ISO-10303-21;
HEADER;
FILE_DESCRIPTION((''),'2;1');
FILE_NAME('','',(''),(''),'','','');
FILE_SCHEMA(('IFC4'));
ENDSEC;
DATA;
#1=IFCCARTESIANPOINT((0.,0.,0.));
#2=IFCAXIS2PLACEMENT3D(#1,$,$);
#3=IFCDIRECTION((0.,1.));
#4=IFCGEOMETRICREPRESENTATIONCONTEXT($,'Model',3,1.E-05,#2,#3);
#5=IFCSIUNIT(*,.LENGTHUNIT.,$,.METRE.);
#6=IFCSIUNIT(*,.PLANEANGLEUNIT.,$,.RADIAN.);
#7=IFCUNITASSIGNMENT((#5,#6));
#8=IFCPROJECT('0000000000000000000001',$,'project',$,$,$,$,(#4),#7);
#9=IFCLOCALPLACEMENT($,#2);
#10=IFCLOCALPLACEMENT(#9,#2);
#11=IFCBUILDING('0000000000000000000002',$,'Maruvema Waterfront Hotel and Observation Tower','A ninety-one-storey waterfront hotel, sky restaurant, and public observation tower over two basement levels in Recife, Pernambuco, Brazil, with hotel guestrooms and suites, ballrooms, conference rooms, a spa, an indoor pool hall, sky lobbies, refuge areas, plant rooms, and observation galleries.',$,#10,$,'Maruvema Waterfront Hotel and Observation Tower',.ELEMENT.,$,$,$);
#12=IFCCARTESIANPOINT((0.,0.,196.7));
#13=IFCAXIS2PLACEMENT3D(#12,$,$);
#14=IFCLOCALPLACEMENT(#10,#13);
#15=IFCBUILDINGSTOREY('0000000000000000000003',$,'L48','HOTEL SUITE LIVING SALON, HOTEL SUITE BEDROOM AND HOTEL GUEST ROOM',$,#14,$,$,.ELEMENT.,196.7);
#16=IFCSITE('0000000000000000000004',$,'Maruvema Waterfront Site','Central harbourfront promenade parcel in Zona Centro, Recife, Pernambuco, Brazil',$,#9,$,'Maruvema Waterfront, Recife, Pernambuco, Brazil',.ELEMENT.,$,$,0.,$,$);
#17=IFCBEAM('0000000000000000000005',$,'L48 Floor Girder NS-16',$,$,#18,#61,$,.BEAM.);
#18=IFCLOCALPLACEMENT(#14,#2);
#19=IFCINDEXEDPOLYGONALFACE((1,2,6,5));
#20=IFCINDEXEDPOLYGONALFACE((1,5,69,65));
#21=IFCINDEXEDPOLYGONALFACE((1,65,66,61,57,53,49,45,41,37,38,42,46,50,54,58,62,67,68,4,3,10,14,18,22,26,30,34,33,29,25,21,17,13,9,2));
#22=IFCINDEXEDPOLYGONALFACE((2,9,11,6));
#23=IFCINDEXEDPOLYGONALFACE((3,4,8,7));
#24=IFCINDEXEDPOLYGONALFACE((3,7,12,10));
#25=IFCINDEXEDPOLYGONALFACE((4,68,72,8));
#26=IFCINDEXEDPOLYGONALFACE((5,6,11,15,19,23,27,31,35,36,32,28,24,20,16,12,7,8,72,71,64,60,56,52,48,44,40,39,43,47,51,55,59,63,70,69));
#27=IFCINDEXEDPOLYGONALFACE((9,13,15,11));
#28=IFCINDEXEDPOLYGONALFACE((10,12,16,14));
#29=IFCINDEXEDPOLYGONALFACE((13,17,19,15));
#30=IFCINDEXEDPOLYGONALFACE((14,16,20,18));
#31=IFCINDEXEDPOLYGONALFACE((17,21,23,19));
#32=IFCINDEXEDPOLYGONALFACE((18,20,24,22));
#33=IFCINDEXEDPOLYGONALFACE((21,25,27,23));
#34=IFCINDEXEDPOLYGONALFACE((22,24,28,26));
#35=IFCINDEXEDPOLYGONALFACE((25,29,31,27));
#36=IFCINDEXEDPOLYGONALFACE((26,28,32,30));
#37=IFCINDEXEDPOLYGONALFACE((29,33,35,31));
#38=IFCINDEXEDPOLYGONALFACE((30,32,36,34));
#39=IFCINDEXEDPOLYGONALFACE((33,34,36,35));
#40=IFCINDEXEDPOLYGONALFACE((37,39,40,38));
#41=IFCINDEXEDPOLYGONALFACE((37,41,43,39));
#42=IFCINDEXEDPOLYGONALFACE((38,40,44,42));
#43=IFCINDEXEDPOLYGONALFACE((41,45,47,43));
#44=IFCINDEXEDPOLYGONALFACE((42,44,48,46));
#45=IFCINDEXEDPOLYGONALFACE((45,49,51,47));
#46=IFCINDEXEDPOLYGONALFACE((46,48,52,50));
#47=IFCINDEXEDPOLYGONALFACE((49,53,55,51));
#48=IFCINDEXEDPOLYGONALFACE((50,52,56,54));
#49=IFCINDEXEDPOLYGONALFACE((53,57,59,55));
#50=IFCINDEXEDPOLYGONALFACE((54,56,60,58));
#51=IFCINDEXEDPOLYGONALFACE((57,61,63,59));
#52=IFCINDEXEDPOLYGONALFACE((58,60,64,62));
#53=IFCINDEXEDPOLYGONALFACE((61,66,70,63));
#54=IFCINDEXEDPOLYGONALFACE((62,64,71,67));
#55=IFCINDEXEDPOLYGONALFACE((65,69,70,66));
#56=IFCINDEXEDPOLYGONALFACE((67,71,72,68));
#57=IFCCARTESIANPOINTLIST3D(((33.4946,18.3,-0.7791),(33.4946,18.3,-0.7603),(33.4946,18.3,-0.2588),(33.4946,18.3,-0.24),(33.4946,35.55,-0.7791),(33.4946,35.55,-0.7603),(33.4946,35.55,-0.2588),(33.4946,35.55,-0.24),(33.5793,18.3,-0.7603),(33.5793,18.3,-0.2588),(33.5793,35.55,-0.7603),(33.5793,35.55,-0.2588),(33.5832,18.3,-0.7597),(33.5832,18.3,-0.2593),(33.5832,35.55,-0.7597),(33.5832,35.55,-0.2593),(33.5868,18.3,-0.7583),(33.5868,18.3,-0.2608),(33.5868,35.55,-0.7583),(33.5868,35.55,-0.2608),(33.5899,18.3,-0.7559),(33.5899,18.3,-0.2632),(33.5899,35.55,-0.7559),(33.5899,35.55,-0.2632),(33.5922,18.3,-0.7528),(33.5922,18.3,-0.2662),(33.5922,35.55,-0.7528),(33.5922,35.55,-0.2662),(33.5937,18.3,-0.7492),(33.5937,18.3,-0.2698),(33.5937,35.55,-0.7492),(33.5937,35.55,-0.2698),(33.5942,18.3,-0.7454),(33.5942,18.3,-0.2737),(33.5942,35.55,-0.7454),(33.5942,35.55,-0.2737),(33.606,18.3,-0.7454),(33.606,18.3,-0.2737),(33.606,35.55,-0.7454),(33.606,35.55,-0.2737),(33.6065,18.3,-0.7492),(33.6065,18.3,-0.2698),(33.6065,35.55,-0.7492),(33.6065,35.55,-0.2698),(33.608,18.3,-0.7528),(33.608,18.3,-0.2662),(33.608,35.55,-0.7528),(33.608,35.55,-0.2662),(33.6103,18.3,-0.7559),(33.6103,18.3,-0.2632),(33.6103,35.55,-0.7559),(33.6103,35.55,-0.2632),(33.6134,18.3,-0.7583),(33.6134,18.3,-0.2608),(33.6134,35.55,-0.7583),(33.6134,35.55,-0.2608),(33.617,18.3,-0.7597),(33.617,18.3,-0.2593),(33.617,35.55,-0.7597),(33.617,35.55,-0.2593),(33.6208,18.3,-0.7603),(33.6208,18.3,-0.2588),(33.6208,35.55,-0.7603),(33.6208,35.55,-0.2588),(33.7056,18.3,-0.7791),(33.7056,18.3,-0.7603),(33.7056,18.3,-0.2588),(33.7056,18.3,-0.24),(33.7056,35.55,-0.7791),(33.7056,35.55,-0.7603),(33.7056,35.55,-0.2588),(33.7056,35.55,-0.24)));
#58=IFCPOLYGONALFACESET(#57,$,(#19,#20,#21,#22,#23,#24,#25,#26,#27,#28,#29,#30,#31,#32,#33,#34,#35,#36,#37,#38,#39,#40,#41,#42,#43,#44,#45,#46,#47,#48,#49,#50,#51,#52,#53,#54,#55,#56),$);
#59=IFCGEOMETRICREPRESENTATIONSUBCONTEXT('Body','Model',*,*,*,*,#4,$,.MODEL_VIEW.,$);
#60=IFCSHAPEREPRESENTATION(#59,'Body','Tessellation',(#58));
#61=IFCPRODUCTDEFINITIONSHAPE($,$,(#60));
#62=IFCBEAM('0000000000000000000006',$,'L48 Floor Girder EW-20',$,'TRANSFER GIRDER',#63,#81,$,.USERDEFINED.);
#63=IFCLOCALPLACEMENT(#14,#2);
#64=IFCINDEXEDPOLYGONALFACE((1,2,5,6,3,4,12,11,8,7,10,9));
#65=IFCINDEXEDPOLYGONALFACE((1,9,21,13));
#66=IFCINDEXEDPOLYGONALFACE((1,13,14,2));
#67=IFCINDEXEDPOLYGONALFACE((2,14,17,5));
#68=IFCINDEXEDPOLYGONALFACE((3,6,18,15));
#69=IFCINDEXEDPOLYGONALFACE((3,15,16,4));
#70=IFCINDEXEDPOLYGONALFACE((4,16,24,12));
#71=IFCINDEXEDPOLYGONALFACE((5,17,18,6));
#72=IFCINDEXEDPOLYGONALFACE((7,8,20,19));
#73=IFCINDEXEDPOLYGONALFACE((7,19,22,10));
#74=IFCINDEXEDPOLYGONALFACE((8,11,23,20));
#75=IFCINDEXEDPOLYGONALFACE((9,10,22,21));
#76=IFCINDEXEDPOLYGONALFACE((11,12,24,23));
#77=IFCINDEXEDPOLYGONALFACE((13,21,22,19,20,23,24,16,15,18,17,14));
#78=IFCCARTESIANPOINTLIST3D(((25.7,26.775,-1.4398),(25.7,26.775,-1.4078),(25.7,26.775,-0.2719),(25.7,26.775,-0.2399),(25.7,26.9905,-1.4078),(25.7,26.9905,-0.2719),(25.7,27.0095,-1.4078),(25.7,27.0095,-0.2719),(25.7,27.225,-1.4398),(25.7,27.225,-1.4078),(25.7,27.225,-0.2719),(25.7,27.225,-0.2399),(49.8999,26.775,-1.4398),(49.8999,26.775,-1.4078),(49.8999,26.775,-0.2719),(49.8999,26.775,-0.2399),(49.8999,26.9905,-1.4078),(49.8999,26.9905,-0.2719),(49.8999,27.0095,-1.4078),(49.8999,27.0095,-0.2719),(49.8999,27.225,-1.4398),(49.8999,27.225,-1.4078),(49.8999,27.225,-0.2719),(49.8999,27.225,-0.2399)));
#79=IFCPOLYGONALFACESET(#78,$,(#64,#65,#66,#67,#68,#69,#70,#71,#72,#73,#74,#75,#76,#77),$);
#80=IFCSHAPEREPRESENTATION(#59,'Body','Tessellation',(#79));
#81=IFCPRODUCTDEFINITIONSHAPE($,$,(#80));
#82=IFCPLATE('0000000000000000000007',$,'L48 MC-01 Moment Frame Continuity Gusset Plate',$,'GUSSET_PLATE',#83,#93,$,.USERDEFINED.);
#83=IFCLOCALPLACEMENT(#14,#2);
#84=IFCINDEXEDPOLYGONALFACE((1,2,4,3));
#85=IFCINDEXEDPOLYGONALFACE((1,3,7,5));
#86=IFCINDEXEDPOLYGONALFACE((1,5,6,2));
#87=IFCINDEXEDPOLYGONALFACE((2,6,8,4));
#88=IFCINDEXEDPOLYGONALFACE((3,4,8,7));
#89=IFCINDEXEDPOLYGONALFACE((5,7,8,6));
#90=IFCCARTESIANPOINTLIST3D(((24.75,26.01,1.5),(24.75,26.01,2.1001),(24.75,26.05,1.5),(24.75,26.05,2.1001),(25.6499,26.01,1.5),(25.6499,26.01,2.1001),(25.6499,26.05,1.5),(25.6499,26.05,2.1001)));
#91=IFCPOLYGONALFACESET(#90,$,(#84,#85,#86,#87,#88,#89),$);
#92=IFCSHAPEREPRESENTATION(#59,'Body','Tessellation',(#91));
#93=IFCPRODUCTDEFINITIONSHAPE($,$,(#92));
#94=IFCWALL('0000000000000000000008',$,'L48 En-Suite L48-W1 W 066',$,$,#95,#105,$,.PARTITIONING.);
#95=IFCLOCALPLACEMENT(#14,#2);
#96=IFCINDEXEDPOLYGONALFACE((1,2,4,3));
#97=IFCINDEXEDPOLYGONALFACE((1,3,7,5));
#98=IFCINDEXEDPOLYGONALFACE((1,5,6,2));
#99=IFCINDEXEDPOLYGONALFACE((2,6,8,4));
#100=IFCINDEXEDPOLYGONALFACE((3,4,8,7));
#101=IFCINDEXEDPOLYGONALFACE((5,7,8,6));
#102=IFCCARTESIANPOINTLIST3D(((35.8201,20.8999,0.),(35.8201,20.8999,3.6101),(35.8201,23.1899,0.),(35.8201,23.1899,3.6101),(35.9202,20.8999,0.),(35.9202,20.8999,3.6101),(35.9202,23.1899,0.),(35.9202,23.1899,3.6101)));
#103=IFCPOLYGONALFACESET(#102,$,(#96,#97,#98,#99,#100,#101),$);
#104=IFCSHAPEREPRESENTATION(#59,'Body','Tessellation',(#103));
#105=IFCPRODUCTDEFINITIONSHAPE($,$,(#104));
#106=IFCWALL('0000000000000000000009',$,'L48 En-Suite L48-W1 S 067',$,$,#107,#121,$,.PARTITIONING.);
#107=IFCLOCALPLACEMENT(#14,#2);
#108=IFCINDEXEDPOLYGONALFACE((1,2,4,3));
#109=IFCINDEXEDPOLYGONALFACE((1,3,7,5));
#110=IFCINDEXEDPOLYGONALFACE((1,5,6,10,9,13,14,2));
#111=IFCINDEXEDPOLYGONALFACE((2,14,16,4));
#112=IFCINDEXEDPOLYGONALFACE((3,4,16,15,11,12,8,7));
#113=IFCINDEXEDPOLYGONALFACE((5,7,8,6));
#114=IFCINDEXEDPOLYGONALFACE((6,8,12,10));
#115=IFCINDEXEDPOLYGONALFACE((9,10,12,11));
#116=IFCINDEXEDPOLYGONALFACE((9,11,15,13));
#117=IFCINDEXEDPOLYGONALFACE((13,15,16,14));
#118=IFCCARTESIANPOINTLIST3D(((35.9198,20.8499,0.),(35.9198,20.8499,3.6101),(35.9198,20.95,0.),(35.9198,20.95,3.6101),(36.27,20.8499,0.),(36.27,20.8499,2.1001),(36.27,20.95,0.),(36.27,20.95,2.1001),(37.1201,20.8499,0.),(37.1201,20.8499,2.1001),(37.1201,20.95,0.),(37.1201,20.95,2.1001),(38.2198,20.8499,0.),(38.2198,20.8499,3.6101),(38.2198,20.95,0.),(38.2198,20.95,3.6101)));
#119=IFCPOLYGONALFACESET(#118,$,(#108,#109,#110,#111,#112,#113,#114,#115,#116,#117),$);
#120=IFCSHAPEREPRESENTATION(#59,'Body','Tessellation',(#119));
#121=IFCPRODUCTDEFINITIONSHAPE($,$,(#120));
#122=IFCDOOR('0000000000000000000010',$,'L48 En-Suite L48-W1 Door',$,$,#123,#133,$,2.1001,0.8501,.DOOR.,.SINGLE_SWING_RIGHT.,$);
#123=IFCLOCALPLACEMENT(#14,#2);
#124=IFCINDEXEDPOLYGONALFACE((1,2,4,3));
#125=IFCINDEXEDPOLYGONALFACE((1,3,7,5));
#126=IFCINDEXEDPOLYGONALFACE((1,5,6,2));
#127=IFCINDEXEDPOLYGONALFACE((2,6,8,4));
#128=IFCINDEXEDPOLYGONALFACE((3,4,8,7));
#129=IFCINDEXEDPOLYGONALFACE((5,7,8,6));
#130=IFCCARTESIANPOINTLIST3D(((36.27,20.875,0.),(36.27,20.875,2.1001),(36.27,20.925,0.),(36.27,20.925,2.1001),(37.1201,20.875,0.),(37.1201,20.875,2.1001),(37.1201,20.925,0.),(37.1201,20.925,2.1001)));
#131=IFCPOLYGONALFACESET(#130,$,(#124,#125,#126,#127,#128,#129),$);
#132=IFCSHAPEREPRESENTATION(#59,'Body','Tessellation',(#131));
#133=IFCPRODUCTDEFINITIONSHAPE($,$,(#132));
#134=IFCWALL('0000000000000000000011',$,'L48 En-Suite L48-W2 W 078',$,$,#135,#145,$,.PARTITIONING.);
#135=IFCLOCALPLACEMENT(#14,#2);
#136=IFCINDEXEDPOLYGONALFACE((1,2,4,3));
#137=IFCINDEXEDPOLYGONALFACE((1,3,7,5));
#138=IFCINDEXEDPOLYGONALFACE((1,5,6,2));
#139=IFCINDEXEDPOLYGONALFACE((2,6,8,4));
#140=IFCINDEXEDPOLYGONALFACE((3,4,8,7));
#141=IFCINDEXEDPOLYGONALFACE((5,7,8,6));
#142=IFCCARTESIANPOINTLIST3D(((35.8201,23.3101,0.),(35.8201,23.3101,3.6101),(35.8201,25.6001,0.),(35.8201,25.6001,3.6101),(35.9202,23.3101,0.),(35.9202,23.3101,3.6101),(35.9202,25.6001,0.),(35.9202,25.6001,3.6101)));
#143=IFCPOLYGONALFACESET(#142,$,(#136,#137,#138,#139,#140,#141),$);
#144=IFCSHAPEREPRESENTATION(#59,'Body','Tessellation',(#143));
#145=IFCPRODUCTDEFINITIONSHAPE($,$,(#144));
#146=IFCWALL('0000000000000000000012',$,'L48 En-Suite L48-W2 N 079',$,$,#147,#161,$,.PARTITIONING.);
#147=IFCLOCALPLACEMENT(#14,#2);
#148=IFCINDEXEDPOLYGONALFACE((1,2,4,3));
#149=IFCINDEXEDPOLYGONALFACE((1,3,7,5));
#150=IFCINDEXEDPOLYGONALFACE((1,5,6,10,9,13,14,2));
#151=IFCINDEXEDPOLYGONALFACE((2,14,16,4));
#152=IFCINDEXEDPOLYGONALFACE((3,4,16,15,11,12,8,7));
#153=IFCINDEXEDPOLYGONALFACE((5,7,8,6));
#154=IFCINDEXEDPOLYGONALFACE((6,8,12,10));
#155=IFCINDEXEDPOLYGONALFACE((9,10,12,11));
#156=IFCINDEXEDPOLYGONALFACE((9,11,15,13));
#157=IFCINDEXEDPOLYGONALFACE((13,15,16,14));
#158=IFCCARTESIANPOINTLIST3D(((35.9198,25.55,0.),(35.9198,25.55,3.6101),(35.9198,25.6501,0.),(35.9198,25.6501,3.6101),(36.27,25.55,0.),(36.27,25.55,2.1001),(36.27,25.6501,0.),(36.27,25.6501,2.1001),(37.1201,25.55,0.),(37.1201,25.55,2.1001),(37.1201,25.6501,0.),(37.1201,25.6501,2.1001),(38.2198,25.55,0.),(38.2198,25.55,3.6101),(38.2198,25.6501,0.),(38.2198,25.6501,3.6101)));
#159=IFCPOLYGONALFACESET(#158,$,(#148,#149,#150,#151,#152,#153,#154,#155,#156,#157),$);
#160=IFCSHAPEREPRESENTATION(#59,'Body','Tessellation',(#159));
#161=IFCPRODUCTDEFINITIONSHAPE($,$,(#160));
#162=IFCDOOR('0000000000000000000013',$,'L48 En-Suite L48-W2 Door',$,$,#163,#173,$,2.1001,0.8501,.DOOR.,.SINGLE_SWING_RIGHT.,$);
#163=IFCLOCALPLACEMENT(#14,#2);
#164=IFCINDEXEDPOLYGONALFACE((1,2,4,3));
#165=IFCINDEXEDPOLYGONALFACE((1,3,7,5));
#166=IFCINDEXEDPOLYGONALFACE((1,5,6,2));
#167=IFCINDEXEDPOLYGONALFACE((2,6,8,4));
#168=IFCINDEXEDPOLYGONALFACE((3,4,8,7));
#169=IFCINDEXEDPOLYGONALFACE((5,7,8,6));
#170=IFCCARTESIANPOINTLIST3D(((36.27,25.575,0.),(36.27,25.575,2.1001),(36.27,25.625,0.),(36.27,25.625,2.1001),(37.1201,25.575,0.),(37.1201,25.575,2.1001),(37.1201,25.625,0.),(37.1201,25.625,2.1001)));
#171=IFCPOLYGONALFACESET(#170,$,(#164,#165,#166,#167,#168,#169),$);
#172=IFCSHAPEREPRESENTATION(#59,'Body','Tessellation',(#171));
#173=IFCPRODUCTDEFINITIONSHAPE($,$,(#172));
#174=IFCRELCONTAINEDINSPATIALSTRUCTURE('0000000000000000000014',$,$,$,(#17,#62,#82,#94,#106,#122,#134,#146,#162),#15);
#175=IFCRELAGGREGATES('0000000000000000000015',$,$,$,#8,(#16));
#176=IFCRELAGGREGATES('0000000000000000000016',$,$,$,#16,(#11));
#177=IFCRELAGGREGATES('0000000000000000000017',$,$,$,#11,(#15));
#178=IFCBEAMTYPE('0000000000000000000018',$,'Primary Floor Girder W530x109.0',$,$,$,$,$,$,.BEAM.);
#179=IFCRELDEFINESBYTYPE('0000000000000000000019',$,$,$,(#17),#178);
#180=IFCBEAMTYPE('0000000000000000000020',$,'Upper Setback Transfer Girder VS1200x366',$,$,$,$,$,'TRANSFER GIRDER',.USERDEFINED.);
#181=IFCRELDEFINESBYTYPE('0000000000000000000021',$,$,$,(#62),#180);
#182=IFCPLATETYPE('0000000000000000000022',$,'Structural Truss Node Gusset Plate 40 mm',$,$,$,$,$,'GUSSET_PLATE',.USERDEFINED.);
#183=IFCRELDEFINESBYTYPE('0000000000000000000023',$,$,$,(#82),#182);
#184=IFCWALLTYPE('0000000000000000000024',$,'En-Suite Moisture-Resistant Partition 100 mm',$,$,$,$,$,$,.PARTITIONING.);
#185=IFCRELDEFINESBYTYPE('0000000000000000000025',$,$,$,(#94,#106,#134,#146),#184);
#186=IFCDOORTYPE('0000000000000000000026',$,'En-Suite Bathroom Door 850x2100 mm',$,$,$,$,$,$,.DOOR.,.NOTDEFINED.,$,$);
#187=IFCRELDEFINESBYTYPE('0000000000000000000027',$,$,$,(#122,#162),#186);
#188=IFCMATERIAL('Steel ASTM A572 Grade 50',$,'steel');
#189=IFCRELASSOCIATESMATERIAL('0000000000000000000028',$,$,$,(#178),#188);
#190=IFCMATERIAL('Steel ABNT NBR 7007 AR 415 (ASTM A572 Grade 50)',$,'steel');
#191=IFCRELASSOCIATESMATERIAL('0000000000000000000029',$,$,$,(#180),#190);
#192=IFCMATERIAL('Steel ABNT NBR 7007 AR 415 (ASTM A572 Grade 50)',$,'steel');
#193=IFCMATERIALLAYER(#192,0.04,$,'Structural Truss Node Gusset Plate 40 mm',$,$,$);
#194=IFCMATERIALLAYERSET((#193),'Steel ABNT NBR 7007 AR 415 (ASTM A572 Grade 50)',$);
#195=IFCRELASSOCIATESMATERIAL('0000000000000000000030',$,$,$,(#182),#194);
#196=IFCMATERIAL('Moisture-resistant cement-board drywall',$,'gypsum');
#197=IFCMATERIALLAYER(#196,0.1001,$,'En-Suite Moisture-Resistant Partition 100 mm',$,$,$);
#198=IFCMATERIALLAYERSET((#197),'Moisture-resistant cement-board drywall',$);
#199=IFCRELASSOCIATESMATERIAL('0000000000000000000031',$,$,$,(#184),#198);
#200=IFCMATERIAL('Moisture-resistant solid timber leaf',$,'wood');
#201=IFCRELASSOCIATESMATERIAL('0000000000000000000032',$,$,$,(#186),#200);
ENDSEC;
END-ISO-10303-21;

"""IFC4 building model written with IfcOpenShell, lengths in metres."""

from ifc_helpers import new_model, si_unit, direction, frame, frame_2d, origin, origin_2d, place, context, subcontext, project, spatial, rectangle, i_section, extrude, material, layer, layer_set, material_profile, profile_set, type_object, element, fill, save


model = new_model("IFC4")

# Units and contexts
model_context = context("Model", 3, precision=1e-05, world=origin(), true_north=direction((0.0, 1.0)))
body_context = subcontext(model_context, "Body", "Model", "MODEL_VIEW")
ifc_project = project(units=[si_unit("LENGTHUNIT", "METRE"), si_unit("PLANEANGLEUNIT", "RADIAN")], contexts=[model_context])

# Site, building, storey
site_placement = place(None, origin())
site = spatial("IfcSite", under=ifc_project, at=site_placement, Name="Maruvema Waterfront Site", Description="Central harbourfront promenade parcel in Zona Centro, Recife, Pernambuco, Brazil", LongName="Maruvema Waterfront, Recife, Pernambuco, Brazil", CompositionType="ELEMENT", RefElevation=0.0)
building_placement = place(site_placement, origin())
building = spatial("IfcBuilding", under=site, at=building_placement, Name="Maruvema Waterfront Hotel and Observation Tower", Description="A ninety-one-storey waterfront hotel, sky restaurant, and public observation tower over two basement levels in Recife, Pernambuco, Brazil, with hotel guestrooms and suites, ballrooms, conference rooms, a spa, an indoor pool hall, sky lobbies, refuge areas, plant rooms, and observation galleries.", LongName="Maruvema Waterfront Hotel and Observation Tower", CompositionType="ELEMENT")
storey_placement = place(building_placement, frame((0.0, 0.0, 196.7)))
storey = spatial("IfcBuildingStorey", under=building, at=storey_placement, Name="L48", Description="HOTEL SUITE LIVING SALON, HOTEL SUITE BEDROOM AND HOTEL GUEST ROOM", CompositionType="ELEMENT", Elevation=196.7)

# Beams
ifc_material_1 = material(Name="Steel ASTM A572 Grade 50", Category="steel")
ifc_material_profile_1 = material_profile(ifc_material_1, i_section(OverallWidth=0.2109, OverallDepth=0.5391, WebThickness=0.0117, FlangeThickness=0.0188, FilletRadius=0.0149, at=origin_2d()), Name="W530x109.0")
ifc_profile_set_1 = profile_set([ifc_material_profile_1], Name="Steel ASTM A572 Grade 50")
beam_type_1 = type_object("IfcBeamType", Name="Primary Floor Girder W530x109.0", PredefinedType="BEAM", material=ifc_profile_set_1)
beam_1_placement = place(storey_placement, frame((33.6001, 18.3, -0.5095), z_axis=(0.0, 1.0, 0.0), x_axis=(-1.0, 0.0, 0.0)))
element("IfcBeam", 1, at=beam_1_placement, inside=storey, type_object=beam_type_1, Name="L48 Floor Girder NS-16", PredefinedType="BEAM", context=body_context, shape_type="SweptSolid", body=[
    extrude(i_section(OverallWidth=0.2109, OverallDepth=0.5391, WebThickness=0.0117, FlangeThickness=0.0188, FilletRadius=0.0149, at=origin_2d()), origin(), (0.0, 0.0, 1.0), 17.25),
])
ifc_material_2 = material(Name="Steel ABNT NBR 7007 AR 415 (ASTM A572 Grade 50)", Category="steel")
ifc_material_profile_2 = material_profile(ifc_material_2, i_section(OverallWidth=0.45, OverallDepth=1.2, WebThickness=0.019, FlangeThickness=0.032, at=origin_2d()), Name="VS1200x366")
ifc_profile_set_2 = profile_set([ifc_material_profile_2], Name="Steel ABNT NBR 7007 AR 415 (ASTM A572 Grade 50)")
beam_type_2 = type_object("IfcBeamType", Name="Upper Setback Transfer Girder VS1200x366", ElementType="TRANSFER GIRDER", PredefinedType="USERDEFINED", material=ifc_profile_set_2)
beam_2_placement = place(storey_placement, frame((25.7, 27.0, -0.8398), z_axis=(1.0, 0.0, 0.0), x_axis=(0.0, 1.0, 0.0)))
element("IfcBeam", 2, at=beam_2_placement, inside=storey, type_object=beam_type_2, Name="L48 Floor Girder EW-20", ObjectType="TRANSFER GIRDER", PredefinedType="USERDEFINED", context=body_context, shape_type="SweptSolid", body=[
    extrude(i_section(OverallWidth=0.45, OverallDepth=1.2, WebThickness=0.019, FlangeThickness=0.032, at=origin_2d()), origin(), (0.0, 0.0, 1.0), 24.2),
])

# Plate
ifc_material_3 = material(Name="Steel ABNT NBR 7007 AR 415 (ASTM A572 Grade 50)", Category="steel")
ifc_layer_1 = layer(ifc_material_3, 0.04, Name="Structural Truss Node Gusset Plate 40 mm")
ifc_layer_set_1 = layer_set([ifc_layer_1], Name="Steel ABNT NBR 7007 AR 415 (ASTM A572 Grade 50)")
plate_type = type_object("IfcPlateType", Name="Structural Truss Node Gusset Plate 40 mm", ElementType="GUSSET_PLATE", PredefinedType="USERDEFINED", material=ifc_layer_set_1)
plate_placement = place(storey_placement, frame((25.2, 26.03, 1.5), z_axis=(0.0, 0.0, 1.0), x_axis=(1.0, 0.0, 0.0)))
element("IfcPlate", 3, at=plate_placement, inside=storey, type_object=plate_type, Name="L48 MC-01 Moment Frame Continuity Gusset Plate", ObjectType="GUSSET_PLATE", PredefinedType="USERDEFINED", context=body_context, shape_type="SweptSolid", body=[
    extrude(rectangle(XDim=0.8999, YDim=0.04, at=origin_2d()), origin(), (0.0, 0.0, 1.0), 0.6001),
])

# Wall
ifc_material_4 = material(Name="Moisture-resistant cement-board drywall", Category="gypsum")
ifc_layer_2 = layer(ifc_material_4, 0.1001, Name="En-Suite Moisture-Resistant Partition 100 mm")
ifc_layer_set_2 = layer_set([ifc_layer_2], Name="Moisture-resistant cement-board drywall")
wall_type = type_object("IfcWallType", Name="En-Suite Moisture-Resistant Partition 100 mm", PredefinedType="PARTITIONING", material=ifc_layer_set_2)
wall_1_placement = place(storey_placement, frame((35.8701, 20.8999, 0.0), z_axis=(0.0, 0.0, 1.0), x_axis=(0.0, 1.0, 0.0)))
element("IfcWall", 4, at=wall_1_placement, inside=storey, type_object=wall_type, Name="L48 En-Suite L48-W1 W 066", PredefinedType="PARTITIONING", context=body_context, shape_type="SweptSolid", body=[
    extrude(rectangle(XDim=2.29, YDim=0.1001, at=frame_2d((1.145, 0.0))), origin(), (0.0, 0.0, 1.0), 3.6101),
])

# Wall, opening, door
wall_2_placement = place(storey_placement, frame((35.9199, 20.8999, 0.0), z_axis=(0.0, 0.0, 1.0), x_axis=(1.0, 0.0, 0.0)))
wall_2 = element("IfcWall", 5, at=wall_2_placement, inside=storey, type_object=wall_type, Name="L48 En-Suite L48-W1 S 067", PredefinedType="PARTITIONING", context=body_context, shape_type="SweptSolid", body=[
    extrude(rectangle(XDim=2.3, YDim=0.1001, at=frame_2d((1.1499, 0.0))), origin(), (0.0, 0.0, 1.0), 3.6101),
])
opening_1_placement = place(wall_2_placement, frame((0.3501, 0.0, 0.0)))
opening_1 = element("IfcOpeningElement", 6, at=opening_1_placement, cuts=wall_2, PredefinedType="OPENING", context=body_context, shape_type="SweptSolid", body=[
    extrude(rectangle(XDim=0.8501, YDim=2.1001, at=frame_2d((0.425, 1.05))), frame((0.0, 0.0601, 0.0), z_axis=(0.0, -1.0, 0.0), x_axis=(1.0, 0.0, 0.0)), (0.0, 0.0, 1.0), 0.1201),
])
ifc_material_5 = material(Name="Moisture-resistant solid timber leaf", Category="wood")
door_type_1 = type_object("IfcDoorType", Name="En-Suite Bathroom Door 850x2100 mm", OperationType="NOTDEFINED", PredefinedType="DOOR", material=ifc_material_5)
door_1_placement = place(opening_1_placement, frame((0.8501, 0.0, 0.0), z_axis=(0.0, 0.0, 1.0), x_axis=(-1.0, 0.0, 0.0)))
door_1 = element("IfcDoor", 7, at=door_1_placement, inside=storey, type_object=door_type_1, Name="L48 En-Suite L48-W1 Door", OperationType="SINGLE_SWING_RIGHT", OverallHeight=2.1001, OverallWidth=0.8501, PredefinedType="DOOR", context=body_context, shape_type="SweptSolid", body=[
    extrude(rectangle(XDim=0.8501, YDim=2.1001, at=frame_2d((0.425, 1.05))), frame((0.0, 0.0249, 0.0), z_axis=(0.0, -1.0, 0.0), x_axis=(1.0, 0.0, 0.0)), (0.0, 0.0, 1.0), 0.05),
])
fill(opening_1, door_1)

# Wall
wall_3_placement = place(storey_placement, frame((35.8701, 23.3101, 0.0), z_axis=(0.0, 0.0, 1.0), x_axis=(0.0, 1.0, 0.0)))
element("IfcWall", 8, at=wall_3_placement, inside=storey, type_object=wall_type, Name="L48 En-Suite L48-W2 W 078", PredefinedType="PARTITIONING", context=body_context, shape_type="SweptSolid", body=[
    extrude(rectangle(XDim=2.29, YDim=0.1001, at=frame_2d((1.145, 0.0))), origin(), (0.0, 0.0, 1.0), 3.6101),
])

# Wall, opening, door
wall_4_placement = place(storey_placement, frame((35.9199, 25.6001, 0.0), z_axis=(0.0, 0.0, 1.0), x_axis=(1.0, 0.0, 0.0)))
wall_4 = element("IfcWall", 9, at=wall_4_placement, inside=storey, type_object=wall_type, Name="L48 En-Suite L48-W2 N 079", PredefinedType="PARTITIONING", context=body_context, shape_type="SweptSolid", body=[
    extrude(rectangle(XDim=2.3, YDim=0.1001, at=frame_2d((1.1499, 0.0))), origin(), (0.0, 0.0, 1.0), 3.6101),
])
opening_2_placement = place(wall_4_placement, frame((0.3501, 0.0, 0.0)))
opening_2 = element("IfcOpeningElement", 10, at=opening_2_placement, cuts=wall_4, PredefinedType="OPENING", context=body_context, shape_type="SweptSolid", body=[
    extrude(rectangle(XDim=0.8501, YDim=2.1001, at=frame_2d((0.425, 1.05))), frame((0.0, 0.0601, 0.0), z_axis=(0.0, -1.0, 0.0), x_axis=(1.0, 0.0, 0.0)), (0.0, 0.0, 1.0), 0.1201),
])
door_2_placement = place(opening_2_placement, origin())
door_2 = element("IfcDoor", 11, at=door_2_placement, inside=storey, type_object=door_type_1, Name="L48 En-Suite L48-W2 Door", OperationType="SINGLE_SWING_RIGHT", OverallHeight=2.1001, OverallWidth=0.8501, PredefinedType="DOOR", context=body_context, shape_type="SweptSolid", body=[
    extrude(rectangle(XDim=0.8501, YDim=2.1001, at=frame_2d((0.425, 1.05))), frame((0.0, 0.0249, 0.0), z_axis=(0.0, -1.0, 0.0), x_axis=(1.0, 0.0, 0.0)), (0.0, 0.0, 1.0), 0.05),
])
fill(opening_2, door_2)

save(model, "model.ifc")
